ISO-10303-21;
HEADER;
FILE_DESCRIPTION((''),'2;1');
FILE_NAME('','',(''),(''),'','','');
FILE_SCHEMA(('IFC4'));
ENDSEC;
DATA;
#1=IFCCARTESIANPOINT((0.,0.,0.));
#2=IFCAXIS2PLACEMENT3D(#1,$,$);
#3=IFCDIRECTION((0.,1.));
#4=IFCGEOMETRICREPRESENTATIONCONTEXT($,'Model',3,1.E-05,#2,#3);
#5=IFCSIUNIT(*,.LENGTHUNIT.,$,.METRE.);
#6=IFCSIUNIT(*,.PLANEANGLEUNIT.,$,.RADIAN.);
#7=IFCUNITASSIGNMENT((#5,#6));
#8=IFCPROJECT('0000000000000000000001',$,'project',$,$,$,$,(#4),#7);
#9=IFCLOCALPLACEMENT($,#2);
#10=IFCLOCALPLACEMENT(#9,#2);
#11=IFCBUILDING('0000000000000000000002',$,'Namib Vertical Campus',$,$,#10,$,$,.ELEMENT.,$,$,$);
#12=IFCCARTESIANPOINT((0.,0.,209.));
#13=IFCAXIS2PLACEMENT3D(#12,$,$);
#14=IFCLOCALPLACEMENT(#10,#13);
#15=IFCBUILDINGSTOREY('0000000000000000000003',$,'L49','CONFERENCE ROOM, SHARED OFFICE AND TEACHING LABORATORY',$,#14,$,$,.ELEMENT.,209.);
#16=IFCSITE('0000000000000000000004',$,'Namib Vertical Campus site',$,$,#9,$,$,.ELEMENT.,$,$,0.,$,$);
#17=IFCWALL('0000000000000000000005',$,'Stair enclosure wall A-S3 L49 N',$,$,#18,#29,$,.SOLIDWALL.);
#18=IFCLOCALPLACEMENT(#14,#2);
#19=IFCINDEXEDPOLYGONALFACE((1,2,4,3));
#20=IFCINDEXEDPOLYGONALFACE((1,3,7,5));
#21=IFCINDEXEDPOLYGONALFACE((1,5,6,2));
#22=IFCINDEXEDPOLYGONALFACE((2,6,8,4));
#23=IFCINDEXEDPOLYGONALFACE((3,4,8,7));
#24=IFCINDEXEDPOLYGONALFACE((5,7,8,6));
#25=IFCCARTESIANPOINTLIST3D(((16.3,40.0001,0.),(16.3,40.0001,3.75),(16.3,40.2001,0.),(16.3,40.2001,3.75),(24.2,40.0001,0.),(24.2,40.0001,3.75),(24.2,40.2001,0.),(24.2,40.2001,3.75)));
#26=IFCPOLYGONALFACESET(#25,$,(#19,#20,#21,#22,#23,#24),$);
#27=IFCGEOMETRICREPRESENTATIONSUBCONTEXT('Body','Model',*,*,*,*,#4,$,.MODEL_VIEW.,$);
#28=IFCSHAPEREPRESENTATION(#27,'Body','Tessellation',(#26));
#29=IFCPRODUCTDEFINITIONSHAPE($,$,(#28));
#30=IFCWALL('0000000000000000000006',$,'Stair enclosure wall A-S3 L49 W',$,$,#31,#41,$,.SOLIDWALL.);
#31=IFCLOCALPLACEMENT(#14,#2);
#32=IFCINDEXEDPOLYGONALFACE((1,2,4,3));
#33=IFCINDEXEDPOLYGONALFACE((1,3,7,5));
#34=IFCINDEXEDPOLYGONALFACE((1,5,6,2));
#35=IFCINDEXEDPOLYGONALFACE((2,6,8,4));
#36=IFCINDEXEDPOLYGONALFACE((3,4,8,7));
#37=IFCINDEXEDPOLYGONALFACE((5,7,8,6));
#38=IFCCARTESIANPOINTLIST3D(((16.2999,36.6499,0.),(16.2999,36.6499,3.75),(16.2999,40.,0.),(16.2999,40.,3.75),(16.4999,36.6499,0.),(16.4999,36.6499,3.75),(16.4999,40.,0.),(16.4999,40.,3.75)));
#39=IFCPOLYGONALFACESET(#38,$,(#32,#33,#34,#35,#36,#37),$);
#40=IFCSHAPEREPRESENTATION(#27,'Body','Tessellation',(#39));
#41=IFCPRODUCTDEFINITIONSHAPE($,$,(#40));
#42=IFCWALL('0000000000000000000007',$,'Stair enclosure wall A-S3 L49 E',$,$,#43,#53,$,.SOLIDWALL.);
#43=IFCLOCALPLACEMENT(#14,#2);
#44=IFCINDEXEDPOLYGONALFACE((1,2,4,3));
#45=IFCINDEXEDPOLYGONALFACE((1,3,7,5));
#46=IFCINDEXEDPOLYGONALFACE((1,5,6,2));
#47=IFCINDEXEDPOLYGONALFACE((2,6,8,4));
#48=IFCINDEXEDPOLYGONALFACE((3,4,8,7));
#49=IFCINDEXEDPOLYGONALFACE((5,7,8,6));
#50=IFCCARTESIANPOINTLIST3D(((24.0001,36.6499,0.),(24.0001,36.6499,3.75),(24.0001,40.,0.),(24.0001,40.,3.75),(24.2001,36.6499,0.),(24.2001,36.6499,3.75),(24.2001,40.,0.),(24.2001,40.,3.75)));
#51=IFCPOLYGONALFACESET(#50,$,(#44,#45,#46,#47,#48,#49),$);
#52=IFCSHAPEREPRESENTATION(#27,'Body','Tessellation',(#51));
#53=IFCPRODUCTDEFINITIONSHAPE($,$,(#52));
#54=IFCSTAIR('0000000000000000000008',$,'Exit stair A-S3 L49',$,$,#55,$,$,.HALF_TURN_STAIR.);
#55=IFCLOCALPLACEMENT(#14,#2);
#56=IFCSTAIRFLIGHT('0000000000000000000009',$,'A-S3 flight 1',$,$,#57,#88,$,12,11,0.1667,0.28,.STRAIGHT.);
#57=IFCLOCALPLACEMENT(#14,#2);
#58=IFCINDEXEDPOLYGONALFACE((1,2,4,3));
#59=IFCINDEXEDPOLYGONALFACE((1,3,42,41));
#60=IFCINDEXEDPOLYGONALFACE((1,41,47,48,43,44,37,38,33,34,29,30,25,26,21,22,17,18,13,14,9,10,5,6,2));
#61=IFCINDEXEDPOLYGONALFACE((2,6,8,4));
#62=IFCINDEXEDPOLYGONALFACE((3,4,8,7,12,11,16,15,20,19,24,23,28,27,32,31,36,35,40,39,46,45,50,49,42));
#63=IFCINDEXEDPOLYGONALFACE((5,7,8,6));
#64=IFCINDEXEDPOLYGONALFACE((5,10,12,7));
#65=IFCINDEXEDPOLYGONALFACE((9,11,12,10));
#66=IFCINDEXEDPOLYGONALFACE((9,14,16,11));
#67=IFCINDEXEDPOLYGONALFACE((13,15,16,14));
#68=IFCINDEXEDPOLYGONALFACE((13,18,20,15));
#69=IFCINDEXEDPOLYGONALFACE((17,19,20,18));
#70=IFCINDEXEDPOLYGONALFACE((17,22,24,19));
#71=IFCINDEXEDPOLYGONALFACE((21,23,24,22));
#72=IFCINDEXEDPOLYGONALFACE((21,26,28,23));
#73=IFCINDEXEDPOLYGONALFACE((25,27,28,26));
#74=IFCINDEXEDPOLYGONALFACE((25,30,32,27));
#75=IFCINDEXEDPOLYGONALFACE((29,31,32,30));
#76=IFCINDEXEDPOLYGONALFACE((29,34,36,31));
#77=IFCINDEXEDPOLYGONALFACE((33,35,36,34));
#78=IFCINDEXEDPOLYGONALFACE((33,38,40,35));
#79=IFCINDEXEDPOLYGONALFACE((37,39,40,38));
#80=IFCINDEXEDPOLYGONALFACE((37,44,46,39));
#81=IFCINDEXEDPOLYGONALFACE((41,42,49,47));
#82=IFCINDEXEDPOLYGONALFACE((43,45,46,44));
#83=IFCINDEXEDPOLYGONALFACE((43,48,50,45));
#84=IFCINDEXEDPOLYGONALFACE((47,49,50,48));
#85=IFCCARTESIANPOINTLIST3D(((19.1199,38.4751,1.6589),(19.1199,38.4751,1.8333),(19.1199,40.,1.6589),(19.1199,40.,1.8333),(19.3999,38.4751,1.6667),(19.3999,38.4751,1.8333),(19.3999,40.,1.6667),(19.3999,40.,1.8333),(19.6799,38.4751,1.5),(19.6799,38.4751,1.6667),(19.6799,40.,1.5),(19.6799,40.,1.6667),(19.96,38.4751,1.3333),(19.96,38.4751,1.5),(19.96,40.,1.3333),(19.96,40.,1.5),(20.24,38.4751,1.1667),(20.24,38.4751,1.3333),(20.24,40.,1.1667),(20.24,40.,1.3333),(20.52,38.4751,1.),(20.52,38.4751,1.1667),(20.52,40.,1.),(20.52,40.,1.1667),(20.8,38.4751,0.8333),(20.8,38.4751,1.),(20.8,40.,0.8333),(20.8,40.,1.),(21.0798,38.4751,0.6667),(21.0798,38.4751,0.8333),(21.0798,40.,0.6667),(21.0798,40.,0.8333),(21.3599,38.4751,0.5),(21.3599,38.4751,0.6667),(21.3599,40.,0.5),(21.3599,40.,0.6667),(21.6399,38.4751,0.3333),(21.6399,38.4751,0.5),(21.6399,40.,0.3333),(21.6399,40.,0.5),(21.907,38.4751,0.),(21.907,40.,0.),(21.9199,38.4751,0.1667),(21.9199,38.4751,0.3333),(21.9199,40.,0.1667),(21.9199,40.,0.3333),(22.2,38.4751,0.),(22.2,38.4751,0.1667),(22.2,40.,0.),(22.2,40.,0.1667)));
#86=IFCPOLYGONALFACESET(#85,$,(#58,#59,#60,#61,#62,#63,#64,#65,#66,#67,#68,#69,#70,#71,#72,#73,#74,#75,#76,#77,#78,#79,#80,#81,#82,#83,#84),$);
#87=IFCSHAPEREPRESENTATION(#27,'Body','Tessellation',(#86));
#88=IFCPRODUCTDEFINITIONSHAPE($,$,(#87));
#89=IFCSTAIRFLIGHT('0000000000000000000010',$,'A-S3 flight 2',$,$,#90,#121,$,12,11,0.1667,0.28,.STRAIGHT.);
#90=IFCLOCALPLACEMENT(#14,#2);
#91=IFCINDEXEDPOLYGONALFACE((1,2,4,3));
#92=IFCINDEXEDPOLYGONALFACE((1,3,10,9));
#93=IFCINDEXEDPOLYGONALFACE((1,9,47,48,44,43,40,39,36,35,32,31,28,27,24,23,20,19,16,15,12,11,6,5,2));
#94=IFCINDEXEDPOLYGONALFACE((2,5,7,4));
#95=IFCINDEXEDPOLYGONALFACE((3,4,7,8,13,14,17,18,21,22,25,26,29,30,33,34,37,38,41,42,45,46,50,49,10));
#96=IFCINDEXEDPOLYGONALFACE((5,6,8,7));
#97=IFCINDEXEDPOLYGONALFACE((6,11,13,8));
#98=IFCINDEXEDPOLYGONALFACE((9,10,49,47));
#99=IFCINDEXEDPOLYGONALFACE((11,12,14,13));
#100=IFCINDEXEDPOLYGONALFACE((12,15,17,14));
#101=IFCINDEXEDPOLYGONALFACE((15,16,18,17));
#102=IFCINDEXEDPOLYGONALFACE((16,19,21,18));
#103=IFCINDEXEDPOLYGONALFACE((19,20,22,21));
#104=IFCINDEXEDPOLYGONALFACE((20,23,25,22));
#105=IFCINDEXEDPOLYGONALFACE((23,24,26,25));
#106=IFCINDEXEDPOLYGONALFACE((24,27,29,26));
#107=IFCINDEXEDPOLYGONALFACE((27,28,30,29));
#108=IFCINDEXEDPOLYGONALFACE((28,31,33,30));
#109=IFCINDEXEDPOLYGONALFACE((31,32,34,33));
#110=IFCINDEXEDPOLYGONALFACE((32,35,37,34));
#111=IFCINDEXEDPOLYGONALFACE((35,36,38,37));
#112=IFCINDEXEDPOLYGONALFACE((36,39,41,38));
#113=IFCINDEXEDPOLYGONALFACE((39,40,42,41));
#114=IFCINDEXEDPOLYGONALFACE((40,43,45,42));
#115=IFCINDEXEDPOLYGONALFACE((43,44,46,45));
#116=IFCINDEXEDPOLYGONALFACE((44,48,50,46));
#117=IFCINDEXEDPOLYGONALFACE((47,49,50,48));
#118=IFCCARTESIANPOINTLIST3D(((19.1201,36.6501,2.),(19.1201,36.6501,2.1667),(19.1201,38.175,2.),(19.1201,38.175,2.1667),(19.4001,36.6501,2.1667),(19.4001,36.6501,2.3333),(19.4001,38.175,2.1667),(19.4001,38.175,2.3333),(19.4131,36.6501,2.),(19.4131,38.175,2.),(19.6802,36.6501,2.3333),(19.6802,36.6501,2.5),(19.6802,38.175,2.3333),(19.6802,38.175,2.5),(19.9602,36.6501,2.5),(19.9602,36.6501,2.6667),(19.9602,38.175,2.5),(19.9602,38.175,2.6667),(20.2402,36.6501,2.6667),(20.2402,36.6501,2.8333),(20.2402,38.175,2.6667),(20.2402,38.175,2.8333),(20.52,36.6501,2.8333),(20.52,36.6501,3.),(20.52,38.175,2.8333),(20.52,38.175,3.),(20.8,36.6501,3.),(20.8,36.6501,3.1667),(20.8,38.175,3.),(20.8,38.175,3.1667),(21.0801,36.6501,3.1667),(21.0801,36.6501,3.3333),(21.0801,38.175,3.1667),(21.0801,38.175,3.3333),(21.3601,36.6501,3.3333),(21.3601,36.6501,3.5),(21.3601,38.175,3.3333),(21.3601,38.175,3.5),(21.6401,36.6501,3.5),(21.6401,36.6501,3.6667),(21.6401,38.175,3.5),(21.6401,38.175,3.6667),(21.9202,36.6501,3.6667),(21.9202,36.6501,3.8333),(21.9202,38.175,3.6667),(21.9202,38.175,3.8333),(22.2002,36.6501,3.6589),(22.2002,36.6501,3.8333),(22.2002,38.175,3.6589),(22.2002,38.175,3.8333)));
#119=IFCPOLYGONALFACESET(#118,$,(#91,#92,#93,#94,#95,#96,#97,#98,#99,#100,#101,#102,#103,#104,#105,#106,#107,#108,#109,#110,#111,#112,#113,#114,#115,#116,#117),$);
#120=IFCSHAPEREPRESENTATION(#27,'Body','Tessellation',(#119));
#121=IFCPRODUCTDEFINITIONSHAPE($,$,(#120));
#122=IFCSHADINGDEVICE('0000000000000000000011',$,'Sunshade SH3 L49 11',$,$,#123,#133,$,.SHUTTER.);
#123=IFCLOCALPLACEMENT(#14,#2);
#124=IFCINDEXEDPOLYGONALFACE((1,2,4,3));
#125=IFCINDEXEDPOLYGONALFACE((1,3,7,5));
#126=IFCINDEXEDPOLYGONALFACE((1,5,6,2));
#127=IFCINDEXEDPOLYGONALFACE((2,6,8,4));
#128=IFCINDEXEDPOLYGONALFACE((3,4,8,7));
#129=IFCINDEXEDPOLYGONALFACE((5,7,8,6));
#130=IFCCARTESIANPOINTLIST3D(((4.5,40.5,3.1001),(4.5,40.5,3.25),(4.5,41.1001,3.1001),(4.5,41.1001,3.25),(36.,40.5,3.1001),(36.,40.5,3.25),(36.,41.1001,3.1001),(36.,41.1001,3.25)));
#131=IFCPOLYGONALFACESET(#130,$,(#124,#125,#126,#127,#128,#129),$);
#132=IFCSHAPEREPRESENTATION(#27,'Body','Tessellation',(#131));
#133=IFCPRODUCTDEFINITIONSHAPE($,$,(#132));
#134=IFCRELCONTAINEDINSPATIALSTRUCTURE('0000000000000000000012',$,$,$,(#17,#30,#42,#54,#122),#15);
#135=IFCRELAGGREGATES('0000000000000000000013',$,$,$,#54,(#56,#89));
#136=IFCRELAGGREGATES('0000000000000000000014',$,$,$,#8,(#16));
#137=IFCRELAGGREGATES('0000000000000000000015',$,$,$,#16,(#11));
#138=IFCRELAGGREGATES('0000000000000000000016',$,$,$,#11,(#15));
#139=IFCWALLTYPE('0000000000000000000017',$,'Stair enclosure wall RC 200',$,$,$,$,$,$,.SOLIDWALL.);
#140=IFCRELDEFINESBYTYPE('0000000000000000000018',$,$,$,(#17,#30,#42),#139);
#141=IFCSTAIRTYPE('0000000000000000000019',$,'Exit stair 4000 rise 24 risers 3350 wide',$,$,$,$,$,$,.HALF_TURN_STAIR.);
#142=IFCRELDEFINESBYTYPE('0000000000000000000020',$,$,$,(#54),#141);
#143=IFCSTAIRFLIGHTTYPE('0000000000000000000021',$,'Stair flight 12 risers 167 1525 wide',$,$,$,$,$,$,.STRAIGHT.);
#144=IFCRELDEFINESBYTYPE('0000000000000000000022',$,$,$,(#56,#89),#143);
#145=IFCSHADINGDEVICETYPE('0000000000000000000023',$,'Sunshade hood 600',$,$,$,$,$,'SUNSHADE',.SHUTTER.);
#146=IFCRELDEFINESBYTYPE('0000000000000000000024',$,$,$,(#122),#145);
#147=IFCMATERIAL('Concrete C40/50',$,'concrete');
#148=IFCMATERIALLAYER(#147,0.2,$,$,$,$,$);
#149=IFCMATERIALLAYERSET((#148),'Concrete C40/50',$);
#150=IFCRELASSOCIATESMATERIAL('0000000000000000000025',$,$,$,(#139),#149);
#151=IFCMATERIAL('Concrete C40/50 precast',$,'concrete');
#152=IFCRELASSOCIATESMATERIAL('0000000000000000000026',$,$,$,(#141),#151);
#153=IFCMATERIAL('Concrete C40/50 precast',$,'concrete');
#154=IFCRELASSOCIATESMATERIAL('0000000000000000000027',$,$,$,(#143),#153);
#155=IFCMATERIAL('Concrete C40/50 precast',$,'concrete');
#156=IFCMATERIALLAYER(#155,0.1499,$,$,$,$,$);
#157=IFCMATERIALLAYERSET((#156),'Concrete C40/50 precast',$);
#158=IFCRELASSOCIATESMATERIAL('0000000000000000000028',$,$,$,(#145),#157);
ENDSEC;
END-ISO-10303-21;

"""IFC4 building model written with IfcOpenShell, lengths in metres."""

from ifc_helpers import new_model, si_unit, direction, frame, frame_2d, origin, origin_2d, place, context, subcontext, project, spatial, polyline, rectangle, outline, extrude, material, layer, layer_set, type_object, element, aggregate, save


model = new_model("IFC4")

# Units and contexts
model_context = context("Model", 3, precision=1e-05, world=origin(), true_north=direction((0.0, 1.0)))
body_context = subcontext(model_context, "Body", "Model", "MODEL_VIEW")
ifc_project = project(units=[si_unit("LENGTHUNIT", "METRE"), si_unit("PLANEANGLEUNIT", "RADIAN")], contexts=[model_context])

# Site, building, storey
site_placement = place(None, origin())
site = spatial("IfcSite", under=ifc_project, at=site_placement, Name="Namib Vertical Campus site", CompositionType="ELEMENT", RefElevation=0.0)
building_placement = place(site_placement, origin())
building = spatial("IfcBuilding", under=site, at=building_placement, Name="Namib Vertical Campus", CompositionType="ELEMENT")
storey_placement = place(building_placement, frame((0.0, 0.0, 209.0)))
storey = spatial("IfcBuildingStorey", under=building, at=storey_placement, Name="L49", Description="CONFERENCE ROOM, SHARED OFFICE AND TEACHING LABORATORY", CompositionType="ELEMENT", Elevation=209.0)

# Shared definitions
ifc_material_1 = material(Name="Concrete C40/50", Category="concrete")
ifc_layer_1 = layer(ifc_material_1, 0.2)
ifc_layer_set_1 = layer_set([ifc_layer_1], Name="Concrete C40/50")
wall_type_1 = type_object("IfcWallType", Name="Stair enclosure wall RC 200", PredefinedType="SOLIDWALL", material=ifc_layer_set_1)

# Walls
wall_1_placement = place(storey_placement, frame((16.3, 40.1001, 0.0), z_axis=(0.0, 0.0, 1.0), x_axis=(1.0, 0.0, 0.0)))
element("IfcWall", 1, at=wall_1_placement, inside=storey, type_object=wall_type_1, Name="Stair enclosure wall A-S3 L49 N", PredefinedType="SOLIDWALL", context=body_context, shape_type="SweptSolid", body=[
    extrude(rectangle(XDim=7.8999, YDim=0.2, at=frame_2d((3.95, 0.0))), origin(), (0.0, 0.0, 1.0), 3.75),
])
for number, where, z_axis, x_axis, name in (
    (2, (16.3999, 36.6499, 0.0), (0.0, 0.0, 1.0), (0.0, 1.0, 0.0), "Stair enclosure wall A-S3 L49 W"),
    (3, (24.1001, 36.6499, 0.0), (0.0, 0.0, 1.0), (0.0, 1.0, 0.0), "Stair enclosure wall A-S3 L49 E"),
):
    element("IfcWall", number, at=place(storey_placement, frame(where, z_axis=z_axis, x_axis=x_axis)), inside=storey, type_object=wall_type_1, Name=name, PredefinedType="SOLIDWALL", context=body_context, shape_type="SweptSolid", body=[
        extrude(rectangle(XDim=3.3501, YDim=0.2, at=frame_2d((1.675, 0.0))), origin(), (0.0, 0.0, 1.0), 3.75),
    ])

# Stair, stair flights
ifc_material_2 = material(Name="Concrete C40/50 precast", Category="concrete")
stair_type = type_object("IfcStairType", Name="Exit stair 4000 rise 24 risers 3350 wide", PredefinedType="HALF_TURN_STAIR", material=ifc_material_2)
stair_placement = place(storey_placement, origin())
stair = element("IfcStair", 4, at=stair_placement, inside=storey, type_object=stair_type, Name="Exit stair A-S3 L49", PredefinedType="HALF_TURN_STAIR")
ifc_material_3 = material(Name="Concrete C40/50 precast", Category="concrete")
stair_flight_type = type_object("IfcStairFlightType", Name="Stair flight 12 risers 167 1525 wide", PredefinedType="STRAIGHT", material=ifc_material_3)
stair_flight_1_placement = place(storey_placement, frame((22.2, 39.2375, 0.0), z_axis=(0.0, 0.0, 1.0), x_axis=(-1.0, 0.0, 0.0)))
stair_flight_1 = element("IfcStairFlight", 5, at=stair_flight_1_placement, type_object=stair_flight_type, Name="A-S3 flight 1", NumberOfRisers=12, NumberOfTreads=11, PredefinedType="STRAIGHT", RiserHeight=0.1667, TreadLength=0.28, context=body_context, shape_type="SweptSolid", body=[
    extrude(outline(polyline([(0.0, 0.0), (0.0, 0.1667), (0.28, 0.1667), (0.28, 0.3333), (0.5601, 0.3333), (0.5601, 0.5), (0.8401, 0.5), (0.8401, 0.6667), (1.1201, 0.6667), (1.1201, 0.8333), (1.3999, 0.8333), (1.3999, 1.0), (1.6799, 1.0), (1.6799, 1.1667), (1.96, 1.1667), (1.96, 1.3333), (2.24, 1.3333), (2.24, 1.5), (2.52, 1.5), (2.52, 1.6667), (2.8, 1.6667), (2.8, 1.8333), (3.0801, 1.8333), (3.0801, 2.0), (3.0801, 1.6589), (0.293, 0.0), (0.0, 0.0)])), frame((0.0, 0.7625, 0.0), z_axis=(0.0, -1.0, 0.0), x_axis=(1.0, 0.0, 0.0)), (0.0, 0.0, 1.0), 1.5249),
])
stair_flight_2_placement = place(storey_placement, frame((19.1201, 37.4126, 2.0), z_axis=(0.0, 0.0, 1.0), x_axis=(1.0, 0.0, 0.0)))
stair_flight_2 = element("IfcStairFlight", 6, at=stair_flight_2_placement, type_object=stair_flight_type, Name="A-S3 flight 2", NumberOfRisers=12, NumberOfTreads=11, PredefinedType="STRAIGHT", RiserHeight=0.1667, TreadLength=0.28, context=body_context, shape_type="SweptSolid", body=[
    extrude(outline(polyline([(0.0, 0.0), (0.0, 0.1667), (0.28, 0.1667), (0.28, 0.3333), (0.5601, 0.3333), (0.5601, 0.5), (0.8401, 0.5), (0.8401, 0.6667), (1.1201, 0.6667), (1.1201, 0.8333), (1.3999, 0.8333), (1.3999, 1.0), (1.6799, 1.0), (1.6799, 1.1667), (1.96, 1.1667), (1.96, 1.3333), (2.24, 1.3333), (2.24, 1.5), (2.52, 1.5), (2.52, 1.6667), (2.8, 1.6667), (2.8, 1.8333), (3.0801, 1.8333), (3.0801, 2.0), (3.0801, 1.6589), (0.293, 0.0), (0.0, 0.0)])), frame((0.0, 0.7625, 0.0), z_axis=(0.0, -1.0, 0.0), x_axis=(1.0, 0.0, 0.0)), (0.0, 0.0, 1.0), 1.5249),
])
aggregate(stair, [stair_flight_1, stair_flight_2])

# Shading device
ifc_material_4 = material(Name="Concrete C40/50 precast", Category="concrete")
ifc_layer_2 = layer(ifc_material_4, 0.1499)
ifc_layer_set_2 = layer_set([ifc_layer_2], Name="Concrete C40/50 precast")
shading_device_type = type_object("IfcShadingDeviceType", Name="Sunshade hood 600", ElementType="SUNSHADE", PredefinedType="SHUTTER", material=ifc_layer_set_2)
shading_device_placement = place(storey_placement, frame((20.25, 40.8, 3.1001), z_axis=(0.0, 0.0, 1.0), x_axis=(-1.0, 0.0, 0.0)))
element("IfcShadingDevice", 7, at=shading_device_placement, inside=storey, type_object=shading_device_type, Name="Sunshade SH3 L49 11", PredefinedType="SHUTTER", context=body_context, shape_type="SweptSolid", body=[
    extrude(rectangle(XDim=31.5, YDim=0.6001, at=origin_2d()), origin(), (0.0, 0.0, 1.0), 0.1499),
])

save(model, "model.ifc")
